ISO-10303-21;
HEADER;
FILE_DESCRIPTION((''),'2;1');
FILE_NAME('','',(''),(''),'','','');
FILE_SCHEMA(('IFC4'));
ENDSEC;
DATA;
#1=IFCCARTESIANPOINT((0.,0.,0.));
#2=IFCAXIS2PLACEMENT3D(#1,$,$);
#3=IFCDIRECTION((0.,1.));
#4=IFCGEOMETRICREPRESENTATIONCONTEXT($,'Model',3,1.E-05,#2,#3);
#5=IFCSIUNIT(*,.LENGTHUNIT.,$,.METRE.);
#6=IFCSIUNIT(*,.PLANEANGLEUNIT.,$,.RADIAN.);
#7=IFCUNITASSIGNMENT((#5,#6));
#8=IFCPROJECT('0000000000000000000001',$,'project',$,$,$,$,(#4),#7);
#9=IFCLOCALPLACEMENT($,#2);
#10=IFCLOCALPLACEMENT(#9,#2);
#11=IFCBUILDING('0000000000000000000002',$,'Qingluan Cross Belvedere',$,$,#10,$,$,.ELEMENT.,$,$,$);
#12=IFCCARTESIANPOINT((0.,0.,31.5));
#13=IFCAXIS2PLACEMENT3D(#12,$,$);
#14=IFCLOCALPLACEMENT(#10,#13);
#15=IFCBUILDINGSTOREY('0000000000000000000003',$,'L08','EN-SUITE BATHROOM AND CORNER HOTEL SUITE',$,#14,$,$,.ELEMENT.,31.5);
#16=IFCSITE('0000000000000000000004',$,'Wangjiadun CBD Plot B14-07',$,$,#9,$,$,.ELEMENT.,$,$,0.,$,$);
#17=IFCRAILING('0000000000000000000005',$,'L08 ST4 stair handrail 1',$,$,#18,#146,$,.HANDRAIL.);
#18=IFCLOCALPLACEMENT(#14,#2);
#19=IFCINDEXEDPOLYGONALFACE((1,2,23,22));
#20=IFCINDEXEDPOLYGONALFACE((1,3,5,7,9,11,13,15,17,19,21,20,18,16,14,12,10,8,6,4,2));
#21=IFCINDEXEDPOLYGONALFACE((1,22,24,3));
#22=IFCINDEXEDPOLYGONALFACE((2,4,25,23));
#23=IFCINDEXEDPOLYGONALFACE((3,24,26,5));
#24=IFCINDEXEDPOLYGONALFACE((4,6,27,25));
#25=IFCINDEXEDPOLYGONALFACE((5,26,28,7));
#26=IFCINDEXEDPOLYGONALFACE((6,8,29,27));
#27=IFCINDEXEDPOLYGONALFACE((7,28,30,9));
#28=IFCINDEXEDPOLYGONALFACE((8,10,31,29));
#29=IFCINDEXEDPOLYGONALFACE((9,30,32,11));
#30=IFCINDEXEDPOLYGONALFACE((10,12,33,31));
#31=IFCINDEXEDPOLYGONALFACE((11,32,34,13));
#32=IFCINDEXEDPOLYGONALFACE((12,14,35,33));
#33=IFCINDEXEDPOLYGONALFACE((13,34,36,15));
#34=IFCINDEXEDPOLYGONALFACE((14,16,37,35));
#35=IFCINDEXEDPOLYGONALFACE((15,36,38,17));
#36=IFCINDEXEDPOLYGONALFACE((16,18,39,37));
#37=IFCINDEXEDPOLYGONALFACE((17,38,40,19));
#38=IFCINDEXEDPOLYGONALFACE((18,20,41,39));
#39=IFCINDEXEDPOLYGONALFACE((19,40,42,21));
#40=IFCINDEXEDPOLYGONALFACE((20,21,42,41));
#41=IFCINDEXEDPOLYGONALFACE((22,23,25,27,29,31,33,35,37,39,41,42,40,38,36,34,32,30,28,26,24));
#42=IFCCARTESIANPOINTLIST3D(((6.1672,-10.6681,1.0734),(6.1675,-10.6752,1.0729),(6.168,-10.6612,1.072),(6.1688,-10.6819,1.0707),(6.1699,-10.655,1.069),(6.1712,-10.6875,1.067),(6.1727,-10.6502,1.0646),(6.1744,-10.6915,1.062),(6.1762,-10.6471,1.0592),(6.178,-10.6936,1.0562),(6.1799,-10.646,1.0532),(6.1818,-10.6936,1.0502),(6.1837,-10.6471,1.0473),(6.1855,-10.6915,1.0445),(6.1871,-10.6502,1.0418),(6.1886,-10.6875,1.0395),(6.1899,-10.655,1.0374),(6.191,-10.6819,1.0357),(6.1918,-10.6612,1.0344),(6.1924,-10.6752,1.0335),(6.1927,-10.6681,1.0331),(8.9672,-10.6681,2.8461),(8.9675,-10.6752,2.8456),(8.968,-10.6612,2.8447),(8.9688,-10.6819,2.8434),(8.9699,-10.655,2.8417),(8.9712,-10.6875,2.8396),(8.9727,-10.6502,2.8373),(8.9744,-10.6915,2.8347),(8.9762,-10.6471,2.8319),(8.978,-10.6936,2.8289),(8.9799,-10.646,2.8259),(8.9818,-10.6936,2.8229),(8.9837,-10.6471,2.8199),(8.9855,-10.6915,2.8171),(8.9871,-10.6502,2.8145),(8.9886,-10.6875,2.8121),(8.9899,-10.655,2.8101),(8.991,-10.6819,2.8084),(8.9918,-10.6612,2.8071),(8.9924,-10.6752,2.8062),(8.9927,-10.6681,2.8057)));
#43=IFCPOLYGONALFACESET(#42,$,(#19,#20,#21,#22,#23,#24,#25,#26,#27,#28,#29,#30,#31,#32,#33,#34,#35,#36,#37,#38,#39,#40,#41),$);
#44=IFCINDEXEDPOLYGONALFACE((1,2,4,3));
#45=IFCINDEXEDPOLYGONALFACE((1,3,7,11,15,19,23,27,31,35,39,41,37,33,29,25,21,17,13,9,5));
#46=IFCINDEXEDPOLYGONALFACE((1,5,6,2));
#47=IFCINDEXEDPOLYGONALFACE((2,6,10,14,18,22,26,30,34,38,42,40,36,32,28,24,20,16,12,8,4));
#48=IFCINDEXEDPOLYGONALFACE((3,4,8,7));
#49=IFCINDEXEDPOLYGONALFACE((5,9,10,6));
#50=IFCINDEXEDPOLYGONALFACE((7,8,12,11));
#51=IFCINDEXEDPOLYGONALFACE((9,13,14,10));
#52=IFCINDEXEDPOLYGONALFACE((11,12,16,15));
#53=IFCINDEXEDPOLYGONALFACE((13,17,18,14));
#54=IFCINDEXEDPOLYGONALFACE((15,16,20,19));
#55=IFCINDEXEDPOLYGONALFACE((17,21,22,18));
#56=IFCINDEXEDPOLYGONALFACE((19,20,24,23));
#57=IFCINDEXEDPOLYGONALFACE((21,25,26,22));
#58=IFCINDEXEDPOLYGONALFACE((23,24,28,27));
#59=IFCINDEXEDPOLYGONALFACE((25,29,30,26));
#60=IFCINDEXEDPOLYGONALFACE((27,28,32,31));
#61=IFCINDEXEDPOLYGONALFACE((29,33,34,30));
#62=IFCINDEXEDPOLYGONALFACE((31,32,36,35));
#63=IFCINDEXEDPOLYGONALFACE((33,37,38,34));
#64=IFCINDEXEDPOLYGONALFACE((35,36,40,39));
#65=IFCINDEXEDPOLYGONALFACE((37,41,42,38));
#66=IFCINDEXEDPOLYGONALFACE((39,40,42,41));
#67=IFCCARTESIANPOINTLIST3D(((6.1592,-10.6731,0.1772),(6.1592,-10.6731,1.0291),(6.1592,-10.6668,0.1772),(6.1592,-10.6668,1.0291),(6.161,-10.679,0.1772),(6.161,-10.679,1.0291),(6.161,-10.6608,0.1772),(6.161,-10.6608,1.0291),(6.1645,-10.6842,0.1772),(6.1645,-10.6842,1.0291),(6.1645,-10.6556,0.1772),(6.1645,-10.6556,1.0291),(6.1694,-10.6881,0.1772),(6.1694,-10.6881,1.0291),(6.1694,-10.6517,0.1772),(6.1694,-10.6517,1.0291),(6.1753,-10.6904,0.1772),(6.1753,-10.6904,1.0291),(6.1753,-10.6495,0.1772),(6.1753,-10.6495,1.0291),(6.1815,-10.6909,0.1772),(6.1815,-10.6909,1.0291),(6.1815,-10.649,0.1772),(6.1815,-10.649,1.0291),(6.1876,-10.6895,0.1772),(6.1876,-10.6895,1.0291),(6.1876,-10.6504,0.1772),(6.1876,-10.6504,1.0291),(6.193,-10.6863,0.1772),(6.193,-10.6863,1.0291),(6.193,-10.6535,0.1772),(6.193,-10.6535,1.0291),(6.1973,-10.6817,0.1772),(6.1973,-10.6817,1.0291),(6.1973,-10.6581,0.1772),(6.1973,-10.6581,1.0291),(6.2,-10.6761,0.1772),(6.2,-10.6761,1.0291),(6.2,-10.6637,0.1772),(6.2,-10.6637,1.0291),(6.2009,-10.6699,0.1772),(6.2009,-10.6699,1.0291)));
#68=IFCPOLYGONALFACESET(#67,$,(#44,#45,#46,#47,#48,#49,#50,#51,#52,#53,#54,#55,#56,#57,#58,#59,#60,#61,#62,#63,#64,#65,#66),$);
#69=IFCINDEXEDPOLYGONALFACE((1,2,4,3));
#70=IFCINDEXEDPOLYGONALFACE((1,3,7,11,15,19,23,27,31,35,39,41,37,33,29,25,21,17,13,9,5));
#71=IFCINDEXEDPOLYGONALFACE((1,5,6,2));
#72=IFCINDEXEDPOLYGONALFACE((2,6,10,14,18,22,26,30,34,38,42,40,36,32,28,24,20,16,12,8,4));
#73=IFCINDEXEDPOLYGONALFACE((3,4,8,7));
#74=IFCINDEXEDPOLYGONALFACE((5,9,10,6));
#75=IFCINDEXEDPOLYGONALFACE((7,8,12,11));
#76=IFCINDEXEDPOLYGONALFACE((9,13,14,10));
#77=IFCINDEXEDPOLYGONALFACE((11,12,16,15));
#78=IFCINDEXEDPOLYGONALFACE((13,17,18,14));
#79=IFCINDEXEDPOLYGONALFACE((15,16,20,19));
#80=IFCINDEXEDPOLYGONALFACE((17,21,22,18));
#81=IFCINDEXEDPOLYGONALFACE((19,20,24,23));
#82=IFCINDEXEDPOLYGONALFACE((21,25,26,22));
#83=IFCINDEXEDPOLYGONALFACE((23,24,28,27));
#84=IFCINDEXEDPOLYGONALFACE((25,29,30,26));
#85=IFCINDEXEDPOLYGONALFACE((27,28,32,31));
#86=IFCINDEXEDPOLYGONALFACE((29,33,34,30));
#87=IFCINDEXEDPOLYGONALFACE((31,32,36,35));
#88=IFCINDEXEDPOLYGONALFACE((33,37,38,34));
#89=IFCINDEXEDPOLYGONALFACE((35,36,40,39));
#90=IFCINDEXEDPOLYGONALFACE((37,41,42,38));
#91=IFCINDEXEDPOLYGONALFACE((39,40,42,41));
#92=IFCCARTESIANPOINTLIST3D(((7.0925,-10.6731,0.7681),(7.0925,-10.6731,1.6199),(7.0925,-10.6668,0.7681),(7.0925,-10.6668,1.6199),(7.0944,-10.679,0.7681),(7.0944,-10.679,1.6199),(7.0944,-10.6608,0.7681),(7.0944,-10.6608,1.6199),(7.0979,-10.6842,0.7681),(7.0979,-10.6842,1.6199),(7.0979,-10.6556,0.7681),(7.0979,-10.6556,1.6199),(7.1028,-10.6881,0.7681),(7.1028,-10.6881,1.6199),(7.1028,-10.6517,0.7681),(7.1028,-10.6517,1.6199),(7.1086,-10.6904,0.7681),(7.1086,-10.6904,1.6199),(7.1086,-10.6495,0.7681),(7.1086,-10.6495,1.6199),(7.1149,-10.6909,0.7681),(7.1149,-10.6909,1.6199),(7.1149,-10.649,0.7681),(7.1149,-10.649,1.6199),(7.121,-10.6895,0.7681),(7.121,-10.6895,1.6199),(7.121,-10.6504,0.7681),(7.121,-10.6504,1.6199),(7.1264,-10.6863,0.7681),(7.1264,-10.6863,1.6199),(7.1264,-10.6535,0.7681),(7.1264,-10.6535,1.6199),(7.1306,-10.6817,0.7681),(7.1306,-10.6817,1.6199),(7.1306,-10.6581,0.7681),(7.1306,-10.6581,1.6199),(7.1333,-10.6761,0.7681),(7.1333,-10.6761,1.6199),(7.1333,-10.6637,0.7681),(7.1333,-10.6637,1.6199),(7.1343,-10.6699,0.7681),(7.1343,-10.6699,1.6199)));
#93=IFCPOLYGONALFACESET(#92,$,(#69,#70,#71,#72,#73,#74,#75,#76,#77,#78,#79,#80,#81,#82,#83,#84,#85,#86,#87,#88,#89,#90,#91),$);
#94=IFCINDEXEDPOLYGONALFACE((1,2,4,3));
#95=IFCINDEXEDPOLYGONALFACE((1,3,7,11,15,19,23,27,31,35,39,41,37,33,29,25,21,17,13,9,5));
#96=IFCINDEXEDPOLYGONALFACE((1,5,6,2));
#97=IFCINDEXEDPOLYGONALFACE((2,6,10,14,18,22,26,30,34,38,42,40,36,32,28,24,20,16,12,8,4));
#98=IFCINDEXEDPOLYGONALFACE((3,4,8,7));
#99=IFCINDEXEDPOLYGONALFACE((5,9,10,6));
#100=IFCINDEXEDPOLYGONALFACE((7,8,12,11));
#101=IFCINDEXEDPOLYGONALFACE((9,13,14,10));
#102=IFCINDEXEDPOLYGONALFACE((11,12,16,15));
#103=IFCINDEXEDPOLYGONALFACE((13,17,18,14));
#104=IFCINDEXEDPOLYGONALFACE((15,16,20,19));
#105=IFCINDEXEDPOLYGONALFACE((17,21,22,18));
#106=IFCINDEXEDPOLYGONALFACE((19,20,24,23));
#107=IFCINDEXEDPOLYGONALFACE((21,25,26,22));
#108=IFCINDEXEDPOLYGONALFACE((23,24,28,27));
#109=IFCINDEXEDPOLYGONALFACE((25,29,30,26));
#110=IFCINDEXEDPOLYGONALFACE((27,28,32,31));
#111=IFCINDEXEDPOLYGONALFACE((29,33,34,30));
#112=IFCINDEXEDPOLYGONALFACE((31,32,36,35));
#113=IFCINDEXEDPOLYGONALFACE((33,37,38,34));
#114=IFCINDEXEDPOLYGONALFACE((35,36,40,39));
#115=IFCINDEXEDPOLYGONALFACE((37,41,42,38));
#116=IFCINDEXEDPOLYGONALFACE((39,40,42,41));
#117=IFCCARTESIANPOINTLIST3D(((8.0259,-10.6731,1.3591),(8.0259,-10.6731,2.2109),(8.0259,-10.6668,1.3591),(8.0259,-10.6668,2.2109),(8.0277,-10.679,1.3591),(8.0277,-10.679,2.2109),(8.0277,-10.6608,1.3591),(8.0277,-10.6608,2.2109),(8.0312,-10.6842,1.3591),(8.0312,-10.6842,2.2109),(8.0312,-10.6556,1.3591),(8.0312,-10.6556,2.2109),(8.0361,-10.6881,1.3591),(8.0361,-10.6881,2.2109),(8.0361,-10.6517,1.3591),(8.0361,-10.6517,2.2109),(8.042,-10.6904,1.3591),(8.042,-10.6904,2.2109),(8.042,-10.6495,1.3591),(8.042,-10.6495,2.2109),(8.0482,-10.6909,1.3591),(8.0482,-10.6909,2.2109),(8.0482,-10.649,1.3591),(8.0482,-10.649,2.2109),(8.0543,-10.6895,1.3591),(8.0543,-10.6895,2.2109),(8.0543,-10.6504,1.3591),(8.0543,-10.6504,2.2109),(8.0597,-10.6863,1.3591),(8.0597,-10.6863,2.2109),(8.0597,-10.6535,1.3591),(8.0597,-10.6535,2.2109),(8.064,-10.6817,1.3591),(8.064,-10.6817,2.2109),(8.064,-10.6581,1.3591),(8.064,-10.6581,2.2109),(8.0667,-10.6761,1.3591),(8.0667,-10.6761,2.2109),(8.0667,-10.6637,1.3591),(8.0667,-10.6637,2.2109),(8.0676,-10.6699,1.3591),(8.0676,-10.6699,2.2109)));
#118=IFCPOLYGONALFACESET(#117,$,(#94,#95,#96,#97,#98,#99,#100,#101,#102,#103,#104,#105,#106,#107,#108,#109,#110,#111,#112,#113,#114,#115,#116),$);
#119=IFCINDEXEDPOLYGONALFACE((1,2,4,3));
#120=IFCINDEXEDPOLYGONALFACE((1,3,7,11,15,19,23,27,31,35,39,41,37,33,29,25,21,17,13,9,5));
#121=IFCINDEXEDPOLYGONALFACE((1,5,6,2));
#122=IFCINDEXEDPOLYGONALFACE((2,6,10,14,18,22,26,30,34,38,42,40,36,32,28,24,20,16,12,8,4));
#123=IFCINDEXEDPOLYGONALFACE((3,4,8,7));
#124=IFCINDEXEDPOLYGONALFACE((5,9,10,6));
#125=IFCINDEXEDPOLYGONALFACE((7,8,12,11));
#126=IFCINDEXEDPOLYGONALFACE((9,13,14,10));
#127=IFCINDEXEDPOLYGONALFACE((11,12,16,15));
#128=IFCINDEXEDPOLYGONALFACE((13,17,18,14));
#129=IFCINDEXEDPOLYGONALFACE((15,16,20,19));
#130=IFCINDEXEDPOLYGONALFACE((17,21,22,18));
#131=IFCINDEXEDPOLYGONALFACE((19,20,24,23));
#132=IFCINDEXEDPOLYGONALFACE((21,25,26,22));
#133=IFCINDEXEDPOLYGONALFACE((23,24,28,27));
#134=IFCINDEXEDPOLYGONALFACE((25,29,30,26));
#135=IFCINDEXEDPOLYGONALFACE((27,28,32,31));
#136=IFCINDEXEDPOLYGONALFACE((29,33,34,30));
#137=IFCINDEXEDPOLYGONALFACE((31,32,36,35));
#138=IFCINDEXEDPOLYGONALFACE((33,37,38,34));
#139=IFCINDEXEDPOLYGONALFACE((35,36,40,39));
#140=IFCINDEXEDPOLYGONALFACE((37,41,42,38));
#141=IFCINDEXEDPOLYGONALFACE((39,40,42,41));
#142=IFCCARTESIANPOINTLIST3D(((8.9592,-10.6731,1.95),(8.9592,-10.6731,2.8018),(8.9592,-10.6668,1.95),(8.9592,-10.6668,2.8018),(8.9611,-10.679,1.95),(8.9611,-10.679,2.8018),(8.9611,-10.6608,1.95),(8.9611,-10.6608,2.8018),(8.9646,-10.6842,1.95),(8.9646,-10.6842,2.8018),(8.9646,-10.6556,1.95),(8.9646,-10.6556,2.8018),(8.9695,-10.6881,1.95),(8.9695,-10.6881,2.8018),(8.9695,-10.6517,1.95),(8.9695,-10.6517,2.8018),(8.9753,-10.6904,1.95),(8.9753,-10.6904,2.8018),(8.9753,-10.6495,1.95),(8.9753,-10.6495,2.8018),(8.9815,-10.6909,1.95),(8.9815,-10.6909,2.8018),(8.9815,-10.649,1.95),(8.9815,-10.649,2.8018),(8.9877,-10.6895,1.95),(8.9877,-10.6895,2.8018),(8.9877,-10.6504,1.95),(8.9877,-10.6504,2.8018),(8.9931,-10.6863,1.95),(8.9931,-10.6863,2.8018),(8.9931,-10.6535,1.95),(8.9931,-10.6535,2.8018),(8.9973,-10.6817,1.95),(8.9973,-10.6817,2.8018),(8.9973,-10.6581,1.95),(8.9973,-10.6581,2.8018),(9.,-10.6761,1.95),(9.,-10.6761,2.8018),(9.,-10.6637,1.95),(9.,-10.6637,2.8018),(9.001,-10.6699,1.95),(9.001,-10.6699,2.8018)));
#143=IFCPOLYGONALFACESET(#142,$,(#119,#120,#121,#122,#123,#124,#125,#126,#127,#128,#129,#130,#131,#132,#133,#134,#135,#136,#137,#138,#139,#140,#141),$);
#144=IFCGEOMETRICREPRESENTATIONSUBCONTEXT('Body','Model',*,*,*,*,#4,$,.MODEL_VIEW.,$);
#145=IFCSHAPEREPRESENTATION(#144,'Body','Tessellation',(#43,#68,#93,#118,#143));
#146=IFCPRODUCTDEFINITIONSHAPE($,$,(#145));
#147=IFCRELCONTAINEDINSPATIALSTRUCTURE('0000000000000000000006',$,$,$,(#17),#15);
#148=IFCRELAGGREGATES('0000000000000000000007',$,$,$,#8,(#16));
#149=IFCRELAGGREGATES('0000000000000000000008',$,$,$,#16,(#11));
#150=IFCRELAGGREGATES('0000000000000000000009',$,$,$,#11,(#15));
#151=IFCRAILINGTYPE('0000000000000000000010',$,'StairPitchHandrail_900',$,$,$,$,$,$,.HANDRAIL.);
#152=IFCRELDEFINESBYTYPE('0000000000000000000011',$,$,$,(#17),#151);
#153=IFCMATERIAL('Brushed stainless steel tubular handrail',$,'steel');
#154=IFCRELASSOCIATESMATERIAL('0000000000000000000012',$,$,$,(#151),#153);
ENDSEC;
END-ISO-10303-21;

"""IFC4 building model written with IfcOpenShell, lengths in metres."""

from ifc_helpers import new_model, si_unit, direction, frame, origin, origin_2d, place, context, subcontext, project, spatial, circle, extrude, material, type_object, element, save


model = new_model("IFC4")

# Units and contexts
model_context = context("Model", 3, precision=1e-05, world=origin(), true_north=direction((0.0, 1.0)))
body_context = subcontext(model_context, "Body", "Model", "MODEL_VIEW")
ifc_project = project(units=[si_unit("LENGTHUNIT", "METRE"), si_unit("PLANEANGLEUNIT", "RADIAN")], contexts=[model_context])

# Site, building, storey
site_placement = place(None, origin())
site = spatial("IfcSite", under=ifc_project, at=site_placement, Name="Wangjiadun CBD Plot B14-07", CompositionType="ELEMENT", RefElevation=0.0)
building_placement = place(site_placement, origin())
building = spatial("IfcBuilding", under=site, at=building_placement, Name="Qingluan Cross Belvedere", CompositionType="ELEMENT")
storey_placement = place(building_placement, frame((0.0, 0.0, 31.5)))
storey = spatial("IfcBuildingStorey", under=building, at=storey_placement, Name="L08", Description="EN-SUITE BATHROOM AND CORNER HOTEL SUITE", CompositionType="ELEMENT", Elevation=31.5)

# Railing
ifc_material_1 = material(Name="Brushed stainless steel tubular handrail", Category="steel")
railing_type_1 = type_object("IfcRailingType", Name="StairPitchHandrail_900", PredefinedType="HANDRAIL", material=ifc_material_1)
for number, where, name in (
    (1, (6.1799, -10.6699, 0.1772), "L08 ST4 stair handrail 1"),
):
    element("IfcRailing", number, at=place(storey_placement, frame(where)), inside=storey, type_object=railing_type_1, Name=name, PredefinedType="HANDRAIL", context=body_context, shape_type="SweptSolid", body=[
        extrude(circle(Radius=0.0239, at=origin_2d()), frame((0.0, 0.0, 0.876), z_axis=(0.844909, 0.0, 0.53491), x_axis=(0.0, 1.0, 0.0)), (0.0, 0.0, 1.0), 3.314),
        extrude(circle(Radius=0.021, at=origin_2d()), origin(), (0.0, 0.0, 1.0), 0.8518),
        extrude(circle(Radius=0.021, at=origin_2d()), frame((0.9333, 0.0, 0.5908)), (0.0, 0.0, 1.0), 0.8518),
        extrude(circle(Radius=0.021, at=origin_2d()), frame((1.8667, 0.0, 1.1819)), (0.0, 0.0, 1.0), 0.8518),
        extrude(circle(Radius=0.021, at=origin_2d()), frame((2.8, 0.0, 1.7727)), (0.0, 0.0, 1.0), 0.8518),
    ])

save(model, "model.ifc")
